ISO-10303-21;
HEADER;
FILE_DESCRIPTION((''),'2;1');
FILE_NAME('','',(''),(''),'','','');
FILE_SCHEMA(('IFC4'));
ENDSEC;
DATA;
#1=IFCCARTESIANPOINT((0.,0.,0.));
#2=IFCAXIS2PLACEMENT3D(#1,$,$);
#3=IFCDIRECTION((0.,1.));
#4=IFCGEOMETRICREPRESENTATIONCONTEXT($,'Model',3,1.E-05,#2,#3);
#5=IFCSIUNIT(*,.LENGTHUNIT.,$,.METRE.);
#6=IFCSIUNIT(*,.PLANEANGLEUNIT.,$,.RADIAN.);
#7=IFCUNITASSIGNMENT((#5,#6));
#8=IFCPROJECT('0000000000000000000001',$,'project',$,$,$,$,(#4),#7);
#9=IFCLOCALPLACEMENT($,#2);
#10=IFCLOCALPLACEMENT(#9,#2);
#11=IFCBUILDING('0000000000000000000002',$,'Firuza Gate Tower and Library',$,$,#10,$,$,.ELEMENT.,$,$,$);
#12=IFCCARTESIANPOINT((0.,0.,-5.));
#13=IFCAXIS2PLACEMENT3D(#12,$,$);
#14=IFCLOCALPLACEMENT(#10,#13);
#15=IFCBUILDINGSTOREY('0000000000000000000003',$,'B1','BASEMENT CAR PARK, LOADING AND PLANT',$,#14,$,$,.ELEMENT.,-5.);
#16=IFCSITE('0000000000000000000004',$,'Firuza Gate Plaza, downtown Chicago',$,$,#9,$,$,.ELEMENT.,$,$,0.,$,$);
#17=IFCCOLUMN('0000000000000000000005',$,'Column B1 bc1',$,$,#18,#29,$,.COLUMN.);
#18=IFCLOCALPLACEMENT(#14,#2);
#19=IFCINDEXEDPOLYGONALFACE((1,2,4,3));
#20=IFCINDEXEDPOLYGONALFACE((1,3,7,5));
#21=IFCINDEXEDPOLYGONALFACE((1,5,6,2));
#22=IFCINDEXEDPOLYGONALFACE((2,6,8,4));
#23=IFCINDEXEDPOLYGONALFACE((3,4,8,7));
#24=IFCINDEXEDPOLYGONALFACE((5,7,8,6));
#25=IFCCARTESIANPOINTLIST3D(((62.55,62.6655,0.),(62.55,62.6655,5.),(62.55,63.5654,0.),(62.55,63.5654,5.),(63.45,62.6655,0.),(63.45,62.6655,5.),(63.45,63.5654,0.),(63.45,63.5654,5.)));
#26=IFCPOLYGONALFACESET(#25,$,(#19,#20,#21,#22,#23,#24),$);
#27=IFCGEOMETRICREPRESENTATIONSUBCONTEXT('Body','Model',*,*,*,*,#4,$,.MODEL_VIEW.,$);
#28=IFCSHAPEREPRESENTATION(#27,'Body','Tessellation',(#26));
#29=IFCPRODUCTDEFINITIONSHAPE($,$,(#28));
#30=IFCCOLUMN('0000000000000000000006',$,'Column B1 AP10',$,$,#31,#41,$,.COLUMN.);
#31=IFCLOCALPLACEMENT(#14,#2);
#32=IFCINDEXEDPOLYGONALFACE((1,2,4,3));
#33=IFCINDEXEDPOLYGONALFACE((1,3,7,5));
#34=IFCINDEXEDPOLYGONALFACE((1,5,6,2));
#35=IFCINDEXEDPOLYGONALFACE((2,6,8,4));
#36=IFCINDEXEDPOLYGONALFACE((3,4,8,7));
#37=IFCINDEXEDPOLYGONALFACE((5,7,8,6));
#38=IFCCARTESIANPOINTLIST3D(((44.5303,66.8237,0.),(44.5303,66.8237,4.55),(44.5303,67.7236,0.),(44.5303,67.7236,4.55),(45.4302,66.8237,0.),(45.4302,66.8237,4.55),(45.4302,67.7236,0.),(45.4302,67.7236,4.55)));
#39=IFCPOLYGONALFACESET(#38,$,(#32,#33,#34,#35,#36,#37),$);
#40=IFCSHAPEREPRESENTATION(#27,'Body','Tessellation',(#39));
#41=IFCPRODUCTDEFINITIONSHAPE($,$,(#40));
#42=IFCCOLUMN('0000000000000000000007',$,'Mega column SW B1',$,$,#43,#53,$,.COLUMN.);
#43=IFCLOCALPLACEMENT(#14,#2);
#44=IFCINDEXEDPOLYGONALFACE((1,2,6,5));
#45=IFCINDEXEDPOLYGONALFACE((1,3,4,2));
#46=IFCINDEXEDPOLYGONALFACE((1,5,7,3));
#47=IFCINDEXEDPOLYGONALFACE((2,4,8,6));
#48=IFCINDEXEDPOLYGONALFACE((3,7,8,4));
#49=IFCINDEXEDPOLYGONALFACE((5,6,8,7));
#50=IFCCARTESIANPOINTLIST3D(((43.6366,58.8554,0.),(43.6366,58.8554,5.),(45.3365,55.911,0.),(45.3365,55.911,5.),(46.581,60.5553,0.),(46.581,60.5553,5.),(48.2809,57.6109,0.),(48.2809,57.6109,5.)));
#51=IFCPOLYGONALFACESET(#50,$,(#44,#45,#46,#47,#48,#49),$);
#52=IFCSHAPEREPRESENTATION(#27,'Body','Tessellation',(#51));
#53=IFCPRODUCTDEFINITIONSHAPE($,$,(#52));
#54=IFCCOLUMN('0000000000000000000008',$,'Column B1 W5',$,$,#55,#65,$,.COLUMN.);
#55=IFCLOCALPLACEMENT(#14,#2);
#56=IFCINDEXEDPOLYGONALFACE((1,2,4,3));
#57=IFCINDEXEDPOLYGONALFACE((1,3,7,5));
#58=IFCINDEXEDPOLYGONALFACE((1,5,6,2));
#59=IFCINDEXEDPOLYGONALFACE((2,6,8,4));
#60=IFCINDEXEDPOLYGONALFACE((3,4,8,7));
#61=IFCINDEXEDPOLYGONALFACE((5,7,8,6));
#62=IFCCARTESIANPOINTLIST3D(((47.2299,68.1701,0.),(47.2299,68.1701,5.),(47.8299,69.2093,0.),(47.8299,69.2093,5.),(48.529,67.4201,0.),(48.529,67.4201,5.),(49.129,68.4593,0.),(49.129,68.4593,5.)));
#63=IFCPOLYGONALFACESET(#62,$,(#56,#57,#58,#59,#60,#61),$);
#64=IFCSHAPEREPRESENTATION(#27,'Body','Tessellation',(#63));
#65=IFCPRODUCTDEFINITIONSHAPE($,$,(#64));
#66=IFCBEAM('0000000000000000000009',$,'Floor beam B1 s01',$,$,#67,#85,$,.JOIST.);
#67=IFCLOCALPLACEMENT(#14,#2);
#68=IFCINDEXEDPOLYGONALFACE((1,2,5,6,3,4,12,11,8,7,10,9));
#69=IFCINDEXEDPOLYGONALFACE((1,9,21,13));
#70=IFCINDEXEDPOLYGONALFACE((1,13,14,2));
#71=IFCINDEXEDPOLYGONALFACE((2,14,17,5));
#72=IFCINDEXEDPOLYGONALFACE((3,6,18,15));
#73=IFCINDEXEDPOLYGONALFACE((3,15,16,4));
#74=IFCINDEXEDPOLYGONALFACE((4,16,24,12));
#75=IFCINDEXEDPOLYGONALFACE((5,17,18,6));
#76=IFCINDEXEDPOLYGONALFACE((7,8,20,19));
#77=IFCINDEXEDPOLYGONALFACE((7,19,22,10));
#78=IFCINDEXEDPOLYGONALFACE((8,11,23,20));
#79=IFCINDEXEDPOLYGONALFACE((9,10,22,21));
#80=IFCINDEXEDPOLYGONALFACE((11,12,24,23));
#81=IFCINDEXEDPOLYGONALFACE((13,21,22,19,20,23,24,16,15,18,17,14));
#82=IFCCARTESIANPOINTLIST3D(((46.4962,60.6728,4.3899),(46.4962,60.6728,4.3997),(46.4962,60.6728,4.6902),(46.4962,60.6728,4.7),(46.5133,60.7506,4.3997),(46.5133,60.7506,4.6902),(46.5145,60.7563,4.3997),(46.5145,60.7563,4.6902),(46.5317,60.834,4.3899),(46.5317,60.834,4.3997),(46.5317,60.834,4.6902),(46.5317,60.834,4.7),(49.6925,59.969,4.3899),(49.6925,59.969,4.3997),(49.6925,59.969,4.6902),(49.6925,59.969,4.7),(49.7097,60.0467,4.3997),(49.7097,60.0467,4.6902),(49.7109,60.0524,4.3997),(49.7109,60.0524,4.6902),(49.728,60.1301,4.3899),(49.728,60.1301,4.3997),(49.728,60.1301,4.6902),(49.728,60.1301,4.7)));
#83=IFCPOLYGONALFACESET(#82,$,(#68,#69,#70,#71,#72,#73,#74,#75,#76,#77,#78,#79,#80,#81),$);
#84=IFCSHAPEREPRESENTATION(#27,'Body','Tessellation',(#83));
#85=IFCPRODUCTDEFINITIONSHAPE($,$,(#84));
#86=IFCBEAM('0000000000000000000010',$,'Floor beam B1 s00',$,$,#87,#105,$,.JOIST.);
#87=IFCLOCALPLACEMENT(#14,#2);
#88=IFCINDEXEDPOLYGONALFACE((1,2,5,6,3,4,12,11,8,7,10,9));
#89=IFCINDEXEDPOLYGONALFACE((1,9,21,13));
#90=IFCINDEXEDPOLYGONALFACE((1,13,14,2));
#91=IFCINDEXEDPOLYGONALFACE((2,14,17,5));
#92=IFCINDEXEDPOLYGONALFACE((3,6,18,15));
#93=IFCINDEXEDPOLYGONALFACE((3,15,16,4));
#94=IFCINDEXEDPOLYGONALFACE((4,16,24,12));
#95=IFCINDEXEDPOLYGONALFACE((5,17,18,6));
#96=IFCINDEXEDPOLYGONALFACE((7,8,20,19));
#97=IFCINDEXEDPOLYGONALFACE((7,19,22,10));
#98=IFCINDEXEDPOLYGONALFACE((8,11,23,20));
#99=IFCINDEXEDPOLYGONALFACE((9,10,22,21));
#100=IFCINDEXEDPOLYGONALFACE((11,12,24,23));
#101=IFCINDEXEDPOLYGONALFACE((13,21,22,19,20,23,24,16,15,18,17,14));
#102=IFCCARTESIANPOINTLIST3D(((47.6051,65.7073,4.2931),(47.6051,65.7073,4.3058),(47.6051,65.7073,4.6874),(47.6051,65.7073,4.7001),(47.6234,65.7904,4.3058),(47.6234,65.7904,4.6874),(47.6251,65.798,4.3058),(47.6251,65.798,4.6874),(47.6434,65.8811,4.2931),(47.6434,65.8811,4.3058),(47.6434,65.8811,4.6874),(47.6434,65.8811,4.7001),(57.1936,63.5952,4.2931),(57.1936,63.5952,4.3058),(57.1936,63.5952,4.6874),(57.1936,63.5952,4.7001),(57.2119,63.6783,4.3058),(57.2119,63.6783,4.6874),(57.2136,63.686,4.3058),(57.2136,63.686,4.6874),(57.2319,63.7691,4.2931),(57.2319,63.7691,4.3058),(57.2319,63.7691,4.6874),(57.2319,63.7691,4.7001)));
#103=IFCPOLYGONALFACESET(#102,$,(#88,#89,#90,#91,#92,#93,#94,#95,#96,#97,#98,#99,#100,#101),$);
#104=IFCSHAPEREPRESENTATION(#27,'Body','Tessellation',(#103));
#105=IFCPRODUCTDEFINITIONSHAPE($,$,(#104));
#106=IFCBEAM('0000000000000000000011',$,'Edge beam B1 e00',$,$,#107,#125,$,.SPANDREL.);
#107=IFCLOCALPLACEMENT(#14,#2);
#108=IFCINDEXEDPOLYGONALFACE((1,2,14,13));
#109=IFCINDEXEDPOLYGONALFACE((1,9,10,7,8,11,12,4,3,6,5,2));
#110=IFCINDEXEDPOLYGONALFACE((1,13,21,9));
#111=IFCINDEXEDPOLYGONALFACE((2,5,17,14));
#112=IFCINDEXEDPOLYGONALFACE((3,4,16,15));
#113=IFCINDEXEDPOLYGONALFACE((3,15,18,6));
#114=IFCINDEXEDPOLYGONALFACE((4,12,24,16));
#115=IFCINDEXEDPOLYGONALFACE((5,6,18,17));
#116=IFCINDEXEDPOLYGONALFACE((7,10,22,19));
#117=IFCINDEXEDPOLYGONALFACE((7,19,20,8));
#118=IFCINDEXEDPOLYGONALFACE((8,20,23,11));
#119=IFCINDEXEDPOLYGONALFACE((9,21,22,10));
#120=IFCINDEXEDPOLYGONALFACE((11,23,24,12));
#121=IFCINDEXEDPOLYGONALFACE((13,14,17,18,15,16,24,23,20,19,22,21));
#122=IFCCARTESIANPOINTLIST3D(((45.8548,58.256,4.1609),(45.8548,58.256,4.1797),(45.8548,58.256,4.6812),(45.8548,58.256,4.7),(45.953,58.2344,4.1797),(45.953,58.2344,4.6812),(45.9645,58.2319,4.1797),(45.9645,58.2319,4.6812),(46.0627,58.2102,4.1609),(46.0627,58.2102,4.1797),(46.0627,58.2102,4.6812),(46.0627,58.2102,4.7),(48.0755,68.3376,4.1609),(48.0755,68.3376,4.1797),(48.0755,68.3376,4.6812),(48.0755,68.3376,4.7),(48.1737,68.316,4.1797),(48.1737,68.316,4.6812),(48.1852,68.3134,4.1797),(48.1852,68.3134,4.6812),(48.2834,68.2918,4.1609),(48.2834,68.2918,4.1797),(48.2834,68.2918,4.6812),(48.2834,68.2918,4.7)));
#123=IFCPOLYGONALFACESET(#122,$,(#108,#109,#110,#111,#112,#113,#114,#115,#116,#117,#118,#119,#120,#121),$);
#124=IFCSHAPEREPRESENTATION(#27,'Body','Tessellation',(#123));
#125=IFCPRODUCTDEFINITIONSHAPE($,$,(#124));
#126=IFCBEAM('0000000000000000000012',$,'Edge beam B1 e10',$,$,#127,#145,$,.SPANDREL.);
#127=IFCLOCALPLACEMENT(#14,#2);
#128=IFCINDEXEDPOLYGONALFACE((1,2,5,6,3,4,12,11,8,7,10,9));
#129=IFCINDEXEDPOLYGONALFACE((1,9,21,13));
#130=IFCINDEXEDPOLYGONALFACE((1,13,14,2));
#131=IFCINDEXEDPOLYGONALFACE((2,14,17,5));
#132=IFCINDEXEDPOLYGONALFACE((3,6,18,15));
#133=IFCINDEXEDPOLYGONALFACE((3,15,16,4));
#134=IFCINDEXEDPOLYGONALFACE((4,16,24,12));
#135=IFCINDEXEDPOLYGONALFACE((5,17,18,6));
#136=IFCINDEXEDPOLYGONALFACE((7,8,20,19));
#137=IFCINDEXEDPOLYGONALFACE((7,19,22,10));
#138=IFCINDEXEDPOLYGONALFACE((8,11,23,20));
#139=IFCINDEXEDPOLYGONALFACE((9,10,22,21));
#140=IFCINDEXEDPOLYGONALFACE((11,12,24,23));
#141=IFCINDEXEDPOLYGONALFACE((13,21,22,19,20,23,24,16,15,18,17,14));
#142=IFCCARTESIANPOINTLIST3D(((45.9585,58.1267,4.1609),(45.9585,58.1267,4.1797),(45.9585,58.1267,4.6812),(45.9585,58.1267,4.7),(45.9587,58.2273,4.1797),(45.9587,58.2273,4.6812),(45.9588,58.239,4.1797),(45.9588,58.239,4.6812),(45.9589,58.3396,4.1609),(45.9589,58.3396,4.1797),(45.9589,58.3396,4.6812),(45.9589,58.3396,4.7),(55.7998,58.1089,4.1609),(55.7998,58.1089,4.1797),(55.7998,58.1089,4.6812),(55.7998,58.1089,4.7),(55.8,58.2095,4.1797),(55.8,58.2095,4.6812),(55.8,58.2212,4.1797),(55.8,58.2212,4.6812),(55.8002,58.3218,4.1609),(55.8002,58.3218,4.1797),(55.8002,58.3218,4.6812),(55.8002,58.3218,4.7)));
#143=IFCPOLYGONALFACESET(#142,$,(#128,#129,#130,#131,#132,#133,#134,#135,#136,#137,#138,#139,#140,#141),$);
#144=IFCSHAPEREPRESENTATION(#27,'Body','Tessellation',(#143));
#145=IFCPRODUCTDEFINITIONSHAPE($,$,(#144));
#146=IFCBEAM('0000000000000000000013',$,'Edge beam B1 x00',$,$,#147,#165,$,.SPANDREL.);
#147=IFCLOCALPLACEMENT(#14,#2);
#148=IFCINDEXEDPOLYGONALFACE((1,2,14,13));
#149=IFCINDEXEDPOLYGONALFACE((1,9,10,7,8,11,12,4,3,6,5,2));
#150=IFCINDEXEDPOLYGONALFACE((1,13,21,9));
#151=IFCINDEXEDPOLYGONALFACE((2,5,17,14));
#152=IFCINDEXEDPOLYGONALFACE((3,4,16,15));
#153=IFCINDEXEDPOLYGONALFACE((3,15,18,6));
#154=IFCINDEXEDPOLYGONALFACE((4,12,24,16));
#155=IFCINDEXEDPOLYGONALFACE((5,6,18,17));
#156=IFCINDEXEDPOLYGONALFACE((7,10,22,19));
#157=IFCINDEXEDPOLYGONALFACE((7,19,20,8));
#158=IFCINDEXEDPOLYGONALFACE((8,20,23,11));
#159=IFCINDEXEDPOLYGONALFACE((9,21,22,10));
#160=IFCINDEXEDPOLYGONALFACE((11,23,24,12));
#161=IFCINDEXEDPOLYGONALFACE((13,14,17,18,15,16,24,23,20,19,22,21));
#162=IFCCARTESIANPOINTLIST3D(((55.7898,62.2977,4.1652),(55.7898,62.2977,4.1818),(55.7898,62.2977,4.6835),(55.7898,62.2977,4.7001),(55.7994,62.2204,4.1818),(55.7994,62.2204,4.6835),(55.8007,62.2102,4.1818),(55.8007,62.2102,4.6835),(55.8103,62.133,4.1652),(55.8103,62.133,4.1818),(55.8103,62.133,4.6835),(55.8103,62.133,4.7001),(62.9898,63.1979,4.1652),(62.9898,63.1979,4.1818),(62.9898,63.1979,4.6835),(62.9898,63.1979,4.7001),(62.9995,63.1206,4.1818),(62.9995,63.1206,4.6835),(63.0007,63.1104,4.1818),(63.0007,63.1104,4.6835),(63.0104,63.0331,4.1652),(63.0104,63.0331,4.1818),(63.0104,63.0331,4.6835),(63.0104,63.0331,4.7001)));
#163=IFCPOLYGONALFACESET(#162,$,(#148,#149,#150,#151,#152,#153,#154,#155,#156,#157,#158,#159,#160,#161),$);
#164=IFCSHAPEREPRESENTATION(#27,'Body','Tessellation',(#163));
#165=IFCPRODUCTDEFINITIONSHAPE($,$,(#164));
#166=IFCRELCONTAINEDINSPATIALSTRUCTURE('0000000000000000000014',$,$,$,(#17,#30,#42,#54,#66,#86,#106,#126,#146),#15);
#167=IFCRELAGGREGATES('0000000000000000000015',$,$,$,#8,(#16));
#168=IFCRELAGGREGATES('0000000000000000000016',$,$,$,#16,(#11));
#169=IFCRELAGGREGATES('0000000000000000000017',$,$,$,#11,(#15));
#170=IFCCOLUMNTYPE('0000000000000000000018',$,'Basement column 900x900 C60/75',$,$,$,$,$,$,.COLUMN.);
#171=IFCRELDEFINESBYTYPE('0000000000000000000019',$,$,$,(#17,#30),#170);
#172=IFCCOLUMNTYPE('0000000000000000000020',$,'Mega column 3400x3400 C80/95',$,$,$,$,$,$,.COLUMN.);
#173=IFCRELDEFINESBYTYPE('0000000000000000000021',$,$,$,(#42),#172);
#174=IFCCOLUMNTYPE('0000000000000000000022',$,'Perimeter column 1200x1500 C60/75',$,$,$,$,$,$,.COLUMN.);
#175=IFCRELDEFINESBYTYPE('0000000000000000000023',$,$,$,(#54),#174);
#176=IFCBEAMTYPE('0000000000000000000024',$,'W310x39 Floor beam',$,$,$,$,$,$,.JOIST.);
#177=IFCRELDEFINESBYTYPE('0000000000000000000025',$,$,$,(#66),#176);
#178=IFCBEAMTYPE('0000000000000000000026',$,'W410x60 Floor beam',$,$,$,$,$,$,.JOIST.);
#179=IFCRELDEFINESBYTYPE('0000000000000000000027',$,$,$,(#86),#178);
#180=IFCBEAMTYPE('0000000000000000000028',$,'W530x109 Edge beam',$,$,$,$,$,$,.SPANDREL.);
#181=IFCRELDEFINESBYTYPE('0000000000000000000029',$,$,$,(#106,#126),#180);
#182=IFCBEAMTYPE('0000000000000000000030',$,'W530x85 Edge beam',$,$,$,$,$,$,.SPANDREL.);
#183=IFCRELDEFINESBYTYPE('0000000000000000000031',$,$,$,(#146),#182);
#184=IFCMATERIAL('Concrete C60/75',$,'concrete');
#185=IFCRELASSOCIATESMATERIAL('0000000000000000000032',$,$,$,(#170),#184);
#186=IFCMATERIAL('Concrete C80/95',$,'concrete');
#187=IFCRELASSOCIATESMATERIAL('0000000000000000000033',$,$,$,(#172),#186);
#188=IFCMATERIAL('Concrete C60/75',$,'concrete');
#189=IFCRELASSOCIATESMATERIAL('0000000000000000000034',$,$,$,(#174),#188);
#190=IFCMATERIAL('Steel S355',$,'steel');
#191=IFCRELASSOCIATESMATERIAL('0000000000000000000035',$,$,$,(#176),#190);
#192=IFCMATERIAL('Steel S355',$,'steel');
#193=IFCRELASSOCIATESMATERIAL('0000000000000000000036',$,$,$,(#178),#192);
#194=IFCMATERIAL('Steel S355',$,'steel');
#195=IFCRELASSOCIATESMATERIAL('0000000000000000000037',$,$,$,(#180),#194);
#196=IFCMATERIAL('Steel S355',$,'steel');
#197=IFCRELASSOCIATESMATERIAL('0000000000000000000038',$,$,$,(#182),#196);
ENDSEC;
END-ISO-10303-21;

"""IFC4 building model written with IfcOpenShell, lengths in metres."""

from ifc_helpers import new_model, si_unit, direction, frame, origin, origin_2d, place, context, subcontext, project, spatial, rectangle, i_section, extrude, material, material_profile, profile_set, type_object, element, save


model = new_model("IFC4")

# Units and contexts
model_context = context("Model", 3, precision=1e-05, world=origin(), true_north=direction((0.0, 1.0)))
body_context = subcontext(model_context, "Body", "Model", "MODEL_VIEW")
ifc_project = project(units=[si_unit("LENGTHUNIT", "METRE"), si_unit("PLANEANGLEUNIT", "RADIAN")], contexts=[model_context])

# Site, building, storey
site_placement = place(None, origin())
site = spatial("IfcSite", under=ifc_project, at=site_placement, Name="Firuza Gate Plaza, downtown Chicago", CompositionType="ELEMENT", RefElevation=0.0)
building_placement = place(site_placement, origin())
building = spatial("IfcBuilding", under=site, at=building_placement, Name="Firuza Gate Tower and Library", CompositionType="ELEMENT")
storey_placement = place(building_placement, frame((0.0, 0.0, -5.0)))
storey = spatial("IfcBuildingStorey", under=building, at=storey_placement, Name="B1", Description="BASEMENT CAR PARK, LOADING AND PLANT", CompositionType="ELEMENT", Elevation=-5.0)

# Columns
ifc_material_1 = material(Name="Concrete C60/75", Category="concrete")
ifc_material_profile_1 = material_profile(ifc_material_1, rectangle(XDim=0.8999, YDim=0.8999, at=origin_2d()))
ifc_profile_set_1 = profile_set([ifc_material_profile_1], Name="Concrete C60/75")
column_type_1 = type_object("IfcColumnType", Name="Basement column 900x900 C60/75", PredefinedType="COLUMN", material=ifc_profile_set_1)
column_1_placement = place(storey_placement, frame((63.0, 63.1155, 0.0), z_axis=(0.0, 0.0, 1.0), x_axis=(1.0, 0.0, 0.0)))
element("IfcColumn", 1, at=column_1_placement, inside=storey, type_object=column_type_1, Name="Column B1 bc1", PredefinedType="COLUMN", context=body_context, shape_type="SweptSolid", body=[
    extrude(rectangle(XDim=0.8999, YDim=0.8999, at=origin_2d()), origin(), (0.0, 0.0, 1.0), 5.0),
])
column_2_placement = place(storey_placement, frame((44.9802, 67.2737, 0.0), z_axis=(0.0, 0.0, 1.0), x_axis=(1.0, 0.0, 0.0)))
element("IfcColumn", 2, at=column_2_placement, inside=storey, type_object=column_type_1, Name="Column B1 AP10", PredefinedType="COLUMN", context=body_context, shape_type="SweptSolid", body=[
    extrude(rectangle(XDim=0.8999, YDim=0.8999, at=origin_2d()), origin(), (0.0, 0.0, 1.0), 4.55),
])
ifc_material_2 = material(Name="Concrete C80/95", Category="concrete")
ifc_material_profile_2 = material_profile(ifc_material_2, rectangle(XDim=3.3999, YDim=3.3999, at=origin_2d()))
ifc_profile_set_2 = profile_set([ifc_material_profile_2], Name="Concrete C80/95")
column_type_2 = type_object("IfcColumnType", Name="Mega column 3400x3400 C80/95", PredefinedType="COLUMN", material=ifc_profile_set_2)
column_3_placement = place(storey_placement, frame((45.9587, 58.2332, 0.0), z_axis=(0.0, 0.0, 1.0), x_axis=(0.5, -0.866025, 0.0)))
element("IfcColumn", 3, at=column_3_placement, inside=storey, type_object=column_type_2, Name="Mega column SW B1", PredefinedType="COLUMN", context=body_context, shape_type="SweptSolid", body=[
    extrude(rectangle(XDim=3.3999, YDim=3.3999, at=origin_2d()), origin(), (0.0, 0.0, 1.0), 5.0),
])
ifc_material_3 = material(Name="Concrete C60/75", Category="concrete")
ifc_material_profile_3 = material_profile(ifc_material_3, rectangle(XDim=1.2, YDim=1.5, at=origin_2d()))
ifc_profile_set_3 = profile_set([ifc_material_profile_3], Name="Concrete C60/75")
column_type_3 = type_object("IfcColumnType", Name="Perimeter column 1200x1500 C60/75", PredefinedType="COLUMN", material=ifc_profile_set_3)
column_4_placement = place(storey_placement, frame((48.1794, 68.3147, 0.0), z_axis=(0.0, 0.0, 1.0), x_axis=(-0.5, -0.866025, 0.0)))
element("IfcColumn", 4, at=column_4_placement, inside=storey, type_object=column_type_3, Name="Column B1 W5", PredefinedType="COLUMN", context=body_context, shape_type="SweptSolid", body=[
    extrude(rectangle(XDim=1.2, YDim=1.5, at=origin_2d()), origin(), (0.0, 0.0, 1.0), 5.0),
])

# Beams
ifc_material_4 = material(Name="Steel S355", Category="steel")
ifc_material_profile_4 = material_profile(ifc_material_4, i_section(OverallWidth=0.165, OverallDepth=0.3101, WebThickness=0.0059, FlangeThickness=0.0098, at=origin_2d()))
ifc_profile_set_4 = profile_set([ifc_material_profile_4], Name="Steel S355")
beam_type_1 = type_object("IfcBeamType", Name="W310x39 Floor beam", PredefinedType="JOIST", material=ifc_profile_set_4)
beam_1_placement = place(storey_placement, frame((46.5139, 60.7534, 4.5449), z_axis=(0.976601, -0.215058, 0.0), x_axis=(0.215058, 0.976601, 0.0)))
element("IfcBeam", 5, at=beam_1_placement, inside=storey, type_object=beam_type_1, Name="Floor beam B1 s01", PredefinedType="JOIST", context=body_context, shape_type="SweptSolid", body=[
    extrude(i_section(OverallWidth=0.165, OverallDepth=0.3101, WebThickness=0.0059, FlangeThickness=0.0098, at=origin_2d()), origin(), (0.0, 0.0, 1.0), 3.2729),
])
ifc_material_5 = material(Name="Steel S355", Category="steel")
ifc_material_profile_5 = material_profile(ifc_material_5, i_section(OverallWidth=0.178, OverallDepth=0.407, WebThickness=0.0078, FlangeThickness=0.0127, at=origin_2d()))
ifc_profile_set_5 = profile_set([ifc_material_profile_5], Name="Steel S355")
beam_type_2 = type_object("IfcBeamType", Name="W410x60 Floor beam", PredefinedType="JOIST", material=ifc_profile_set_5)
beam_2_placement = place(storey_placement, frame((47.6243, 65.7942, 4.4966), z_axis=(0.97659, -0.215111, 0.0), x_axis=(0.215111, 0.97659, 0.0)))
element("IfcBeam", 6, at=beam_2_placement, inside=storey, type_object=beam_type_2, Name="Floor beam B1 s00", PredefinedType="JOIST", context=body_context, shape_type="SweptSolid", body=[
    extrude(i_section(OverallWidth=0.178, OverallDepth=0.407, WebThickness=0.0078, FlangeThickness=0.0127, at=origin_2d()), origin(), (0.0, 0.0, 1.0), 9.8184),
])
ifc_material_6 = material(Name="Steel S355", Category="steel")
ifc_material_profile_6 = material_profile(ifc_material_6, i_section(OverallWidth=0.2129, OverallDepth=0.5391, WebThickness=0.0117, FlangeThickness=0.0188, at=origin_2d()))
ifc_profile_set_6 = profile_set([ifc_material_profile_6], Name="Steel S355")
beam_type_3 = type_object("IfcBeamType", Name="W530x109 Edge beam", PredefinedType="SPANDREL", material=ifc_profile_set_6)
beam_3_placement = place(storey_placement, frame((48.1794, 68.3147, 4.4304), z_axis=(-0.215117, -0.976588, 0.0), x_axis=(0.976588, -0.215117, 0.0)))
element("IfcBeam", 7, at=beam_3_placement, inside=storey, type_object=beam_type_3, Name="Edge beam B1 e00", PredefinedType="SPANDREL", context=body_context, shape_type="SweptSolid", body=[
    extrude(i_section(OverallWidth=0.2129, OverallDepth=0.5391, WebThickness=0.0117, FlangeThickness=0.0188, at=origin_2d()), origin(), (0.0, 0.0, 1.0), 10.3232),
])
beam_4_placement = place(storey_placement, frame((45.9587, 58.2332, 4.4304), z_axis=(0.999998, -0.001811, 0.0), x_axis=(0.001811, 0.999998, 0.0)))
element("IfcBeam", 8, at=beam_4_placement, inside=storey, type_object=beam_type_3, Name="Edge beam B1 e10", PredefinedType="SPANDREL", context=body_context, shape_type="SweptSolid", body=[
    extrude(i_section(OverallWidth=0.2129, OverallDepth=0.5391, WebThickness=0.0117, FlangeThickness=0.0188, at=origin_2d()), origin(), (0.0, 0.0, 1.0), 9.8413),
])
ifc_material_7 = material(Name="Steel S355", Category="steel")
ifc_material_profile_7 = material_profile(ifc_material_7, i_section(OverallWidth=0.166, OverallDepth=0.5349, WebThickness=0.0103, FlangeThickness=0.0166, at=origin_2d()))
ifc_profile_set_7 = profile_set([ifc_material_profile_7], Name="Steel S355")
beam_type_4 = type_object("IfcBeamType", Name="W530x85 Edge beam", PredefinedType="SPANDREL", material=ifc_profile_set_7)
beam_5_placement = place(storey_placement, frame((55.8, 62.2153, 4.4326), z_axis=(0.992275, 0.124055, 0.0), x_axis=(-0.124055, 0.992275, 0.0)))
element("IfcBeam", 9, at=beam_5_placement, inside=storey, type_object=beam_type_4, Name="Edge beam B1 x00", PredefinedType="SPANDREL", context=body_context, shape_type="SweptSolid", body=[
    extrude(i_section(OverallWidth=0.166, OverallDepth=0.5349, WebThickness=0.0103, FlangeThickness=0.0166, at=origin_2d()), origin(), (0.0, 0.0, 1.0), 7.2561),
])

save(model, "model.ifc")
